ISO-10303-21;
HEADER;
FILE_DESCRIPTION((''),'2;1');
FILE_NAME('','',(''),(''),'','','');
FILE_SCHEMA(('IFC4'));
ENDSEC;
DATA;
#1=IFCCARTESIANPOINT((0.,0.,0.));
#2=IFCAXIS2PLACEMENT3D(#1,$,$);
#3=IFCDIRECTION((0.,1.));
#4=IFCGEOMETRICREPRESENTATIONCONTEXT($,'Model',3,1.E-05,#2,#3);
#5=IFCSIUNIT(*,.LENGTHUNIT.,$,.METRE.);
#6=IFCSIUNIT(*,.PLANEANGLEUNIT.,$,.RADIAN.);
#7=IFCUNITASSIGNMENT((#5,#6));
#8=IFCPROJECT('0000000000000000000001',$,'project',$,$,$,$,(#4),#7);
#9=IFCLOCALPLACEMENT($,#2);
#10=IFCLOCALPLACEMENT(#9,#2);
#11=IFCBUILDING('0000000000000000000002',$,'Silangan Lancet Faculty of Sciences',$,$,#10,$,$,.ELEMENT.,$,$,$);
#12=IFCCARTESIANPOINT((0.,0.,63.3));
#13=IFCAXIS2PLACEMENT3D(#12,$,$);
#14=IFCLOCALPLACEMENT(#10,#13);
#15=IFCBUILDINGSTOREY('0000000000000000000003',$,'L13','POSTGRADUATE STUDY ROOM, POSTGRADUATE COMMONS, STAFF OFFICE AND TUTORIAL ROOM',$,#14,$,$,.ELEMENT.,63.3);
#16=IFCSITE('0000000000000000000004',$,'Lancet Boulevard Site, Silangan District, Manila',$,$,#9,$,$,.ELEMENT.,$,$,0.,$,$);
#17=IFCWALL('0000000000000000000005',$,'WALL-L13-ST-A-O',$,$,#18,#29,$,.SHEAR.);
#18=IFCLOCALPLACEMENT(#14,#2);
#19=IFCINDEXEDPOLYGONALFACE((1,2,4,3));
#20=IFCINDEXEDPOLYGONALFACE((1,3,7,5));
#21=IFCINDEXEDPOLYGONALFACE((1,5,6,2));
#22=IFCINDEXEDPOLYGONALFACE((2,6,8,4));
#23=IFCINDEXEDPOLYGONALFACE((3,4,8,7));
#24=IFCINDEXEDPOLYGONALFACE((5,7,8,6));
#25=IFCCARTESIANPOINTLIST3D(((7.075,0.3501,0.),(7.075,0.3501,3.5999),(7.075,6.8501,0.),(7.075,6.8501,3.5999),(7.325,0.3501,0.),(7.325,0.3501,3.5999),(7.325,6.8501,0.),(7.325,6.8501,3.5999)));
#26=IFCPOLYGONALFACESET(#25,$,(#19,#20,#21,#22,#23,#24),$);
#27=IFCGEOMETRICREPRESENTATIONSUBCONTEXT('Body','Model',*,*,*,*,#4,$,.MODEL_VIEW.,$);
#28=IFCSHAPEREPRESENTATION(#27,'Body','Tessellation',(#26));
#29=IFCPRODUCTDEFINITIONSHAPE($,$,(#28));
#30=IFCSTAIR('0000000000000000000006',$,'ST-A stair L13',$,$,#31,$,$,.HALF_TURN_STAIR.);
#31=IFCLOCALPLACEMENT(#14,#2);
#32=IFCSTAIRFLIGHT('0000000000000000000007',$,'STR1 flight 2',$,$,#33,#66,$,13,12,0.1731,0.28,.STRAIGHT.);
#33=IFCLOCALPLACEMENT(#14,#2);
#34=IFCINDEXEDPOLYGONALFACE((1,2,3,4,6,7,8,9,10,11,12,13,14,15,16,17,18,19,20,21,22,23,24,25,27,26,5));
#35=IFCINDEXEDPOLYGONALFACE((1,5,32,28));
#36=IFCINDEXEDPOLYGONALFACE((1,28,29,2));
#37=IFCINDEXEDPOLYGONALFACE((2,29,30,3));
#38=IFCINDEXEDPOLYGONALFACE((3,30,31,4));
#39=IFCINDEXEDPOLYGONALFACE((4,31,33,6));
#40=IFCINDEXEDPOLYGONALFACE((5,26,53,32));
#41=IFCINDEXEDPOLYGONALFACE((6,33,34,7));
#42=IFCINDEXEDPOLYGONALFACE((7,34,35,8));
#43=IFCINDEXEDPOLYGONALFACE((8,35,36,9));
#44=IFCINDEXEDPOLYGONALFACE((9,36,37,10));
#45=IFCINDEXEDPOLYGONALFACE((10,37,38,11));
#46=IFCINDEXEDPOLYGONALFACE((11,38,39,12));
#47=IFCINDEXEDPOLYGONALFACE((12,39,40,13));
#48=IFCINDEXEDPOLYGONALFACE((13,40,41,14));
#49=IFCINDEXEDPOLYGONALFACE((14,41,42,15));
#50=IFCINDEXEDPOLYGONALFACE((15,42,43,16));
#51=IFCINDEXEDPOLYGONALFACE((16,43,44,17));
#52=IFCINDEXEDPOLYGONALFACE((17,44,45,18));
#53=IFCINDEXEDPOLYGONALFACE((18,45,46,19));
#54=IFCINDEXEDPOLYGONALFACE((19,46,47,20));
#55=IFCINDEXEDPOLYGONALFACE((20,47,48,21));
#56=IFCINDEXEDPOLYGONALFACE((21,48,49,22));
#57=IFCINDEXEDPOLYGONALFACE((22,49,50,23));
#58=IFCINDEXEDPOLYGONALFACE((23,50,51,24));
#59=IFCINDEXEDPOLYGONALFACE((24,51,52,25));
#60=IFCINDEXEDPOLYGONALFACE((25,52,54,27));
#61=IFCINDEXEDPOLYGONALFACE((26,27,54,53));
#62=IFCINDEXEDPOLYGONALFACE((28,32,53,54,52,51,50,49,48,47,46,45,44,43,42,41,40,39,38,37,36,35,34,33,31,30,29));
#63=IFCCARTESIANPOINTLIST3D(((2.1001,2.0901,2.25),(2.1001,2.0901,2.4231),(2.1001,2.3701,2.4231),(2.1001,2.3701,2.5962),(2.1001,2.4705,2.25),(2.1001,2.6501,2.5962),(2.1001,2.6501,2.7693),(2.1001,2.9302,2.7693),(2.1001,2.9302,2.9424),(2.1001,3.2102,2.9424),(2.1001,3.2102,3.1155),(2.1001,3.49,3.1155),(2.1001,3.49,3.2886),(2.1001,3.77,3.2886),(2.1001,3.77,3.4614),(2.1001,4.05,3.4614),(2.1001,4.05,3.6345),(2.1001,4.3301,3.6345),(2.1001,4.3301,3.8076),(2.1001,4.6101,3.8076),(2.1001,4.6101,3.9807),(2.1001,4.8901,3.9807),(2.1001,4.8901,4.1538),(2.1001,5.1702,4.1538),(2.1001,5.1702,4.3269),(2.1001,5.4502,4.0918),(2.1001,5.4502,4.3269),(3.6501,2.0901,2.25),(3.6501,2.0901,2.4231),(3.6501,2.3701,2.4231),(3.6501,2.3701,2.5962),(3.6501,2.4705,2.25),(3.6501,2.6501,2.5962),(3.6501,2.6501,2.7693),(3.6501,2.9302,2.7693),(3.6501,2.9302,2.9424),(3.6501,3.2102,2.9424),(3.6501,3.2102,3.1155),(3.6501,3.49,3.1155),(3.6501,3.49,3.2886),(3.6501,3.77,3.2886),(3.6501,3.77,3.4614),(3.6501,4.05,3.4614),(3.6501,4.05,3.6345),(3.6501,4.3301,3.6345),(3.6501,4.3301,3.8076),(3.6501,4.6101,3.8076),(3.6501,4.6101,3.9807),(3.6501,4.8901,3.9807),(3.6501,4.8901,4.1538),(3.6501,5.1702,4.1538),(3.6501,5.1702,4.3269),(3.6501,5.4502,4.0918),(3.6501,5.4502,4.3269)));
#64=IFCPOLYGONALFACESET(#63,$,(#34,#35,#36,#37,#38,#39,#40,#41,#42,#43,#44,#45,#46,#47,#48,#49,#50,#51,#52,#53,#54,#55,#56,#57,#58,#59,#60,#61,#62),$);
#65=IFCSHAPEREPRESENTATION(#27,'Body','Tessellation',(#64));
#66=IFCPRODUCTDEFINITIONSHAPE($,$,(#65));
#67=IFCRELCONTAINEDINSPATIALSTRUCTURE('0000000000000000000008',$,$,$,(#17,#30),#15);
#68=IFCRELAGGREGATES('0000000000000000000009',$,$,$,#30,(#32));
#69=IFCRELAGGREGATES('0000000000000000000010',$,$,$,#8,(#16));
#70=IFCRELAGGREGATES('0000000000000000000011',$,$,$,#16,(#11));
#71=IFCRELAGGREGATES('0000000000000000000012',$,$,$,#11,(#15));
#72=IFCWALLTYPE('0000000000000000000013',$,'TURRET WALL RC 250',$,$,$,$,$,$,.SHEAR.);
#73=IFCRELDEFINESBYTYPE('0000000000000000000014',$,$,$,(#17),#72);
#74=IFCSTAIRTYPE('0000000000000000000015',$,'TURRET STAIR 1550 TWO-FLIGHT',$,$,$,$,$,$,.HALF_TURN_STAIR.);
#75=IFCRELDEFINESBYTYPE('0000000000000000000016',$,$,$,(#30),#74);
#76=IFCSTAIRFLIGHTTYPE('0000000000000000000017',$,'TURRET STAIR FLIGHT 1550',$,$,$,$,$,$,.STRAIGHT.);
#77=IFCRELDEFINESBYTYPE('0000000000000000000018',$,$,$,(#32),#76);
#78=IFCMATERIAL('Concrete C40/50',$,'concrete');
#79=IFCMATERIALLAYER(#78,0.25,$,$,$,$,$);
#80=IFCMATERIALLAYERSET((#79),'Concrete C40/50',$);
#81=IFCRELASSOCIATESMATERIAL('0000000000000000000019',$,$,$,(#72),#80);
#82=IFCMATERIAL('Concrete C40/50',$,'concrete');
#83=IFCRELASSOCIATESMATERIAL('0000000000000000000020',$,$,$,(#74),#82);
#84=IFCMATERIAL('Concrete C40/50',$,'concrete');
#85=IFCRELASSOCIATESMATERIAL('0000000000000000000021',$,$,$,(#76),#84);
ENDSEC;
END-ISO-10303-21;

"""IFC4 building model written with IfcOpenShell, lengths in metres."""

from ifc_helpers import new_model, si_unit, direction, frame, frame_2d, origin, place, context, subcontext, project, spatial, polyline, rectangle, outline, extrude, material, layer, layer_set, type_object, element, aggregate, save


model = new_model("IFC4")

# Units and contexts
model_context = context("Model", 3, precision=1e-05, world=origin(), true_north=direction((0.0, 1.0)))
body_context = subcontext(model_context, "Body", "Model", "MODEL_VIEW")
ifc_project = project(units=[si_unit("LENGTHUNIT", "METRE"), si_unit("PLANEANGLEUNIT", "RADIAN")], contexts=[model_context])

# Site, building, storey
site_placement = place(None, origin())
site = spatial("IfcSite", under=ifc_project, at=site_placement, Name="Lancet Boulevard Site, Silangan District, Manila", CompositionType="ELEMENT", RefElevation=0.0)
building_placement = place(site_placement, origin())
building = spatial("IfcBuilding", under=site, at=building_placement, Name="Silangan Lancet Faculty of Sciences", CompositionType="ELEMENT")
storey_placement = place(building_placement, frame((0.0, 0.0, 63.3)))
storey = spatial("IfcBuildingStorey", under=building, at=storey_placement, Name="L13", Description="POSTGRADUATE STUDY ROOM, POSTGRADUATE COMMONS, STAFF OFFICE AND TUTORIAL ROOM", CompositionType="ELEMENT", Elevation=63.3)

# Wall
ifc_material_1 = material(Name="Concrete C40/50", Category="concrete")
ifc_layer_1 = layer(ifc_material_1, 0.25)
ifc_layer_set_1 = layer_set([ifc_layer_1], Name="Concrete C40/50")
wall_type_1 = type_object("IfcWallType", Name="TURRET WALL RC 250", PredefinedType="SHEAR", material=ifc_layer_set_1)
wall_1_placement = place(storey_placement, frame((7.2, 0.3501, 0.0), z_axis=(0.0, 0.0, 1.0), x_axis=(0.0, 1.0, 0.0)))
element("IfcWall", 1, at=wall_1_placement, inside=storey, type_object=wall_type_1, Name="WALL-L13-ST-A-O", PredefinedType="SHEAR", context=body_context, shape_type="SweptSolid", body=[
    extrude(rectangle(XDim=6.5, YDim=0.25, at=frame_2d((3.25, 0.0))), origin(), (0.0, 0.0, 1.0), 3.5999),
])

# Stair, stair flight
ifc_material_2 = material(Name="Concrete C40/50", Category="concrete")
stair_type = type_object("IfcStairType", Name="TURRET STAIR 1550 TWO-FLIGHT", PredefinedType="HALF_TURN_STAIR", material=ifc_material_2)
stair_placement = place(storey_placement, origin())
stair = element("IfcStair", 2, at=stair_placement, inside=storey, type_object=stair_type, Name="ST-A stair L13", PredefinedType="HALF_TURN_STAIR")
ifc_material_3 = material(Name="Concrete C40/50", Category="concrete")
stair_flight_type = type_object("IfcStairFlightType", Name="TURRET STAIR FLIGHT 1550", PredefinedType="STRAIGHT", material=ifc_material_3)
stair_flight_placement = place(storey_placement, frame((2.875, 2.0901, 2.25), z_axis=(0.0, 0.0, 1.0), x_axis=(0.0, 1.0, 0.0)))
stair_flight = element("IfcStairFlight", 3, at=stair_flight_placement, type_object=stair_flight_type, Name="STR1 flight 2", NumberOfRisers=13, NumberOfTreads=12, PredefinedType="STRAIGHT", RiserHeight=0.1731, TreadLength=0.28, context=body_context, shape_type="SweptSolid", body=[
    extrude(outline(polyline([(0.0, 0.0), (0.0, 0.1731), (0.28, 0.1731), (0.28, 0.3462), (0.5601, 0.3462), (0.5601, 0.5193), (0.8401, 0.5193), (0.8401, 0.6924), (1.1201, 0.6924), (1.1201, 0.8655), (1.3999, 0.8655), (1.3999, 1.0386), (1.6799, 1.0386), (1.6799, 1.2114), (1.96, 1.2114), (1.96, 1.3845), (2.24, 1.3845), (2.24, 1.5576), (2.52, 1.5576), (2.52, 1.7307), (2.8, 1.7307), (2.8, 1.9038), (3.0801, 1.9038), (3.0801, 2.0769), (3.3601, 2.0769), (3.3601, 2.25), (3.3601, 1.8418), (0.3804, 0.0), (0.0, 0.0)])), frame((0.0, 0.7749, 0.0), z_axis=(0.0, -1.0, 0.0), x_axis=(1.0, 0.0, 0.0)), (0.0, 0.0, 1.0), 1.55),
])
aggregate(stair, [stair_flight])

save(model, "model.ifc")
